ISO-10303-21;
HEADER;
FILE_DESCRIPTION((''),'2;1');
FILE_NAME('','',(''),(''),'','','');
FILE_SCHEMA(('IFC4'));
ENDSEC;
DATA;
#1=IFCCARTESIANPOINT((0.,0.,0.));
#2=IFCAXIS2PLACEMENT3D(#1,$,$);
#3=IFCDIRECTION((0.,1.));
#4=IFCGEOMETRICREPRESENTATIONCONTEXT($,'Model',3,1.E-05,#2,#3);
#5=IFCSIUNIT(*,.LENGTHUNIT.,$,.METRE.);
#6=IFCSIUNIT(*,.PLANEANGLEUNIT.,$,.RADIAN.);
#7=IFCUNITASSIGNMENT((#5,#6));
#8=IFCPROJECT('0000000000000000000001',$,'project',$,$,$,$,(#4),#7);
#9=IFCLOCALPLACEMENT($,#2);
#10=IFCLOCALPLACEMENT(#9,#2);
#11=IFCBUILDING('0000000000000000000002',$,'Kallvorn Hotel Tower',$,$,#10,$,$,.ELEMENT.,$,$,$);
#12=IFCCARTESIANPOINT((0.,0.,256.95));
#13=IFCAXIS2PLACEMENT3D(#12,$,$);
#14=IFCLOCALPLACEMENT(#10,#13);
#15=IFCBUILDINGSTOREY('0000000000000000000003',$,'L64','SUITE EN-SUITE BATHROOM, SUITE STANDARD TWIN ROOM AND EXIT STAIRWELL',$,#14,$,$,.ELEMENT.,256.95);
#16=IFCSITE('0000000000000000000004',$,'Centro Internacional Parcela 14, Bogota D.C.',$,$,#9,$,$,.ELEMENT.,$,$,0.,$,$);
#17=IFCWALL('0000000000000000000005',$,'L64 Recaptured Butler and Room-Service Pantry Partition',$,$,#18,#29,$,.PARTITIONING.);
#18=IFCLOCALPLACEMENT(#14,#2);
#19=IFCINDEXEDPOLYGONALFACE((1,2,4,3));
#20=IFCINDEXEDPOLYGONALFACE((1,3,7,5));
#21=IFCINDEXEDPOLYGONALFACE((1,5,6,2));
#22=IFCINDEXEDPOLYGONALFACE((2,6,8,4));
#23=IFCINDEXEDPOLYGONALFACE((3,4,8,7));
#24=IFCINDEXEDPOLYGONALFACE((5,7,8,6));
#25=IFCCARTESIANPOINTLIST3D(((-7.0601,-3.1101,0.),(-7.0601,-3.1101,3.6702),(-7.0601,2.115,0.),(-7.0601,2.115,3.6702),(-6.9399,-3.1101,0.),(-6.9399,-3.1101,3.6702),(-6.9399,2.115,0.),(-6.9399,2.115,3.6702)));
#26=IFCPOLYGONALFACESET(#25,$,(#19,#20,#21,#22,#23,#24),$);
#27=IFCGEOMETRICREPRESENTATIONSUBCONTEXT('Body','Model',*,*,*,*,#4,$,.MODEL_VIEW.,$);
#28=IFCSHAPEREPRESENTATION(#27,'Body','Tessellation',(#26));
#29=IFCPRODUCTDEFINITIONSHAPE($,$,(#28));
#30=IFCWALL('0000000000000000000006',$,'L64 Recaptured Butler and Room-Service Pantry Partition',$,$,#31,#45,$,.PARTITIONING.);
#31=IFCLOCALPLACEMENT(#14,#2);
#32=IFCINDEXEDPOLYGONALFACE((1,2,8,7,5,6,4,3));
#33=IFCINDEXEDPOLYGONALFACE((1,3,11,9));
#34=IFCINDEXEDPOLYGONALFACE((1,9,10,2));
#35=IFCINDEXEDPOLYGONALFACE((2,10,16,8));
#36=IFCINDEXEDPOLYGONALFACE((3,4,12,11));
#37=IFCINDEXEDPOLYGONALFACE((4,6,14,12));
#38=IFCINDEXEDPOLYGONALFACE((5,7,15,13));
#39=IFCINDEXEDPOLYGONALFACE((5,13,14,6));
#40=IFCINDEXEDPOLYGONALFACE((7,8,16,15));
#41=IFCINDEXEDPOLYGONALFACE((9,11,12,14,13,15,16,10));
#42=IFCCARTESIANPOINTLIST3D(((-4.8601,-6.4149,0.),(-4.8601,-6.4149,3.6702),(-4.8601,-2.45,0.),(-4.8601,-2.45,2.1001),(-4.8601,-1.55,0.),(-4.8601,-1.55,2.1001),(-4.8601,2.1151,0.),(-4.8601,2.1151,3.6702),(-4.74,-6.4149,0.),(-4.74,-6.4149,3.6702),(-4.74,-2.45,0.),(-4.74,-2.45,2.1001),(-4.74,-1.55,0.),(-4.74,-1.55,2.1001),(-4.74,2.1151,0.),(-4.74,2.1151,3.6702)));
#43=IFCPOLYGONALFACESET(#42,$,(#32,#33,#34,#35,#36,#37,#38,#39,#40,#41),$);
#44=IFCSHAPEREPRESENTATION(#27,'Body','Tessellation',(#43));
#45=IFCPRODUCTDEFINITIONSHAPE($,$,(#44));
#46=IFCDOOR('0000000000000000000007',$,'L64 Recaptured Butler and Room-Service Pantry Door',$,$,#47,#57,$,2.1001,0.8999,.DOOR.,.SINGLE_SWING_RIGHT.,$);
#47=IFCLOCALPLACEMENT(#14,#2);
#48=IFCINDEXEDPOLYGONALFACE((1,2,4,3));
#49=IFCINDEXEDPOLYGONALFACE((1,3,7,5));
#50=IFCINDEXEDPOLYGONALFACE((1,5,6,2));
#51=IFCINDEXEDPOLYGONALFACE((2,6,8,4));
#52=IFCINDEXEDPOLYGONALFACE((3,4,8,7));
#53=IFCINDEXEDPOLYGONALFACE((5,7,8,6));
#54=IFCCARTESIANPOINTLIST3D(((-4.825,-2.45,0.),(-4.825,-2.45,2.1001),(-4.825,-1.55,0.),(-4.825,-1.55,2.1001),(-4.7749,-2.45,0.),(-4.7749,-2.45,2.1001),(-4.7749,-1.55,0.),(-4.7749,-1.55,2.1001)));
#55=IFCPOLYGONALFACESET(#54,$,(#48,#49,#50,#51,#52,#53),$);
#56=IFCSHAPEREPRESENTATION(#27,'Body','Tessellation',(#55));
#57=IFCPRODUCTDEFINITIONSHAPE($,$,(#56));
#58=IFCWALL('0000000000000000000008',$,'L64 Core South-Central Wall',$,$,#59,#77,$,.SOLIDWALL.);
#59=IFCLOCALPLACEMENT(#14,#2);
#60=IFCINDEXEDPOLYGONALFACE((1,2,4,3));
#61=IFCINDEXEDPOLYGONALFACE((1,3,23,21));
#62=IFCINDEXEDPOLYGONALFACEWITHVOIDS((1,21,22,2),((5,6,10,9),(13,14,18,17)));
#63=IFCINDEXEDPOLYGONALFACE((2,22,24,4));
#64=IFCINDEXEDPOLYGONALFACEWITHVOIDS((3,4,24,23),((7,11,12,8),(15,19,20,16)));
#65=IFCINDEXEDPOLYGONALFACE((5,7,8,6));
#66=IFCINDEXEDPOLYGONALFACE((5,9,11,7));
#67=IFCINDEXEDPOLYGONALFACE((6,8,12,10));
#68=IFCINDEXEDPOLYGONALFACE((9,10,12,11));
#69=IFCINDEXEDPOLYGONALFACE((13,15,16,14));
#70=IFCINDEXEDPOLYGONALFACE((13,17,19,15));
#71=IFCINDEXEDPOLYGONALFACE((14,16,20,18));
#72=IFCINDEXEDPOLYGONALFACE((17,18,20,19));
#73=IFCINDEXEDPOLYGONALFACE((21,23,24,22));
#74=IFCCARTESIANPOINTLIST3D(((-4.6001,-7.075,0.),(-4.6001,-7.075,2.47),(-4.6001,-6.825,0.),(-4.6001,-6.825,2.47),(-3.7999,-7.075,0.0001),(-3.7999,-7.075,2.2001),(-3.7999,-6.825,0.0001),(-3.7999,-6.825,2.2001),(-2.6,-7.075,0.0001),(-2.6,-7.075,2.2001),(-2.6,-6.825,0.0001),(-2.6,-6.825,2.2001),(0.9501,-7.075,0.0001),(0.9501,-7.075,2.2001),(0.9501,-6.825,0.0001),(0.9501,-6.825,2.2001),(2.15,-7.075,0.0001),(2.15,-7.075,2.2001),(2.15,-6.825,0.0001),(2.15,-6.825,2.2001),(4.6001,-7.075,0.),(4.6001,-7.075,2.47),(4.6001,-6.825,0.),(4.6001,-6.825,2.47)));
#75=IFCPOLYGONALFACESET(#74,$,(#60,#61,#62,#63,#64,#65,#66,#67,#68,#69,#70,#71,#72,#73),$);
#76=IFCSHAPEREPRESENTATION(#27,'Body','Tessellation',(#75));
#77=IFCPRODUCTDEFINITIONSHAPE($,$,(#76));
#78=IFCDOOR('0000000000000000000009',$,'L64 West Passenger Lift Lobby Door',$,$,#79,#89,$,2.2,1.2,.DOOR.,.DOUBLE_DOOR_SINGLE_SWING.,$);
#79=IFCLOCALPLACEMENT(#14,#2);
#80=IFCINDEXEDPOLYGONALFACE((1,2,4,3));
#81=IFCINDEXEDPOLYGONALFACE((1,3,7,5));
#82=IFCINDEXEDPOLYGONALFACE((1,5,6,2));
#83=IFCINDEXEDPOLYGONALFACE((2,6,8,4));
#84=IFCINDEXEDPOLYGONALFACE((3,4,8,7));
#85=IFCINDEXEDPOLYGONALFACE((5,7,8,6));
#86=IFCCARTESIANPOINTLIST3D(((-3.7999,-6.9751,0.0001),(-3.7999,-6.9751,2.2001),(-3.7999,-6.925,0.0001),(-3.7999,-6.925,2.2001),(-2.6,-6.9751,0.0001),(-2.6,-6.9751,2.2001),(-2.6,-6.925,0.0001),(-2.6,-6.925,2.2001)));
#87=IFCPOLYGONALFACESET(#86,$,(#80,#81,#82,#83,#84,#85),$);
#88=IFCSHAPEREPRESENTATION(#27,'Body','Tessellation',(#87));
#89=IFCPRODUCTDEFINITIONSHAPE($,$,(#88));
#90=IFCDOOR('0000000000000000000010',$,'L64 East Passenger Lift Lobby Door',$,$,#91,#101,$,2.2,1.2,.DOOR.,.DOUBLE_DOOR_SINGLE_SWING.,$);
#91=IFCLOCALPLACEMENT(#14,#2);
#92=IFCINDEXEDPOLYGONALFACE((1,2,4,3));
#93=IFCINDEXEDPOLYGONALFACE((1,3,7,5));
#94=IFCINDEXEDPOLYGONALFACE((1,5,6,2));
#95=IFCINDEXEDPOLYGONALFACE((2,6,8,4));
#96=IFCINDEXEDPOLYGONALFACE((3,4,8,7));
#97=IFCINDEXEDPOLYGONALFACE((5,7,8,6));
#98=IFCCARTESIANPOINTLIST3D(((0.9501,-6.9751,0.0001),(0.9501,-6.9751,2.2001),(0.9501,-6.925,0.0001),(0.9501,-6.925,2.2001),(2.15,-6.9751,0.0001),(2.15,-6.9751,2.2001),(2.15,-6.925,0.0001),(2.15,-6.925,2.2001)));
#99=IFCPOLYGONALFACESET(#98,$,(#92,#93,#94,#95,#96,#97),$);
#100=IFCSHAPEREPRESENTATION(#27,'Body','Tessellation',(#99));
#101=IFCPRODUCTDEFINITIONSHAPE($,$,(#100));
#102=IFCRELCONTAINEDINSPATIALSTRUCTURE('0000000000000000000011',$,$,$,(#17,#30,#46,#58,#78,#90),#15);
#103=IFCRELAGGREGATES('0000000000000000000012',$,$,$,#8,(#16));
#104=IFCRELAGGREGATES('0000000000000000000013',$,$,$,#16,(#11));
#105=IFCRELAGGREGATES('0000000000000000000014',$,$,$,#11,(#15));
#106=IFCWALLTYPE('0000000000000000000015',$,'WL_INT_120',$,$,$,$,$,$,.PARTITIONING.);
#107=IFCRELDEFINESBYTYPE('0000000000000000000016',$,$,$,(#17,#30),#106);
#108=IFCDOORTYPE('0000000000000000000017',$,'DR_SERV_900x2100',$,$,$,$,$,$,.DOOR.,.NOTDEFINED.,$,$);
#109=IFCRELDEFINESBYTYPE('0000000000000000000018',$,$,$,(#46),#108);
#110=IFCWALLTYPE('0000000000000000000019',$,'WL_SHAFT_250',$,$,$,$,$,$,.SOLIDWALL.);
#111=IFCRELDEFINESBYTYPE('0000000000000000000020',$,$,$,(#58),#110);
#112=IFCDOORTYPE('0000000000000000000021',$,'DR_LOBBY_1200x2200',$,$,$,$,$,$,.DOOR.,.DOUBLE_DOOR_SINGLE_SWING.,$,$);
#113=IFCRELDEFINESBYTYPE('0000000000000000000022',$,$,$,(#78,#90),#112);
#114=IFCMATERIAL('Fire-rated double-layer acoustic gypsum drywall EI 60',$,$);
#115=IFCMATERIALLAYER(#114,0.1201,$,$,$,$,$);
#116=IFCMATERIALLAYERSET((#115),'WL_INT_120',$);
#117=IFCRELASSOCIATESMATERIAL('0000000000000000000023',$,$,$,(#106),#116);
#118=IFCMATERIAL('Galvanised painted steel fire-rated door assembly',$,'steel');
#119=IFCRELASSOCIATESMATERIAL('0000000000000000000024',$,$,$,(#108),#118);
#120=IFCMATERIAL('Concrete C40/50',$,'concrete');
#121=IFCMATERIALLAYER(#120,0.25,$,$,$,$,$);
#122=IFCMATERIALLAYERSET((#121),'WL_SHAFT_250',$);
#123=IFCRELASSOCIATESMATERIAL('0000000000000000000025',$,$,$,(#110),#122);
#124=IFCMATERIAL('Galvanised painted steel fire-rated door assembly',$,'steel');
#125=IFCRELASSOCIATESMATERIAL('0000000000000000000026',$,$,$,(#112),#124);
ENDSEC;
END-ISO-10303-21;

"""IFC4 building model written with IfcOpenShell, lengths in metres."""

from ifc_helpers import new_model, si_unit, direction, frame, frame_2d, origin, place, context, subcontext, project, spatial, rectangle, extrude, material, layer, layer_set, type_object, element, fill, save


model = new_model("IFC4")

# Units and contexts
model_context = context("Model", 3, precision=1e-05, world=origin(), true_north=direction((0.0, 1.0)))
body_context = subcontext(model_context, "Body", "Model", "MODEL_VIEW")
ifc_project = project(units=[si_unit("LENGTHUNIT", "METRE"), si_unit("PLANEANGLEUNIT", "RADIAN")], contexts=[model_context])

# Site, building, storey
site_placement = place(None, origin())
site = spatial("IfcSite", under=ifc_project, at=site_placement, Name="Centro Internacional Parcela 14, Bogota D.C.", CompositionType="ELEMENT", RefElevation=0.0)
building_placement = place(site_placement, origin())
building = spatial("IfcBuilding", under=site, at=building_placement, Name="Kallvorn Hotel Tower", CompositionType="ELEMENT")
storey_placement = place(building_placement, frame((0.0, 0.0, 256.95)))
storey = spatial("IfcBuildingStorey", under=building, at=storey_placement, Name="L64", Description="SUITE EN-SUITE BATHROOM, SUITE STANDARD TWIN ROOM AND EXIT STAIRWELL", CompositionType="ELEMENT", Elevation=256.95)

# Wall
ifc_material_1 = material(Name="Fire-rated double-layer acoustic gypsum drywall EI 60")
ifc_layer_1 = layer(ifc_material_1, 0.1201)
ifc_layer_set_1 = layer_set([ifc_layer_1], Name="WL_INT_120")
wall_type_1 = type_object("IfcWallType", Name="WL_INT_120", PredefinedType="PARTITIONING", material=ifc_layer_set_1)
wall_1_placement = place(storey_placement, frame((-7.0, -3.1101, 0.0), z_axis=(0.0, 0.0, 1.0), x_axis=(0.0, 1.0, 0.0)))
element("IfcWall", 1, at=wall_1_placement, inside=storey, type_object=wall_type_1, Name="L64 Recaptured Butler and Room-Service Pantry Partition", PredefinedType="PARTITIONING", context=body_context, shape_type="SweptSolid", body=[
    extrude(rectangle(XDim=5.2251, YDim=0.1201, at=frame_2d((2.6125, 0.0))), origin(), (0.0, 0.0, 1.0), 3.6702),
])

# Wall, opening, door
wall_2_placement = place(storey_placement, frame((-4.8, -6.415, 0.0), z_axis=(0.0, 0.0, 1.0), x_axis=(0.0, 1.0, 0.0)))
wall_2 = element("IfcWall", 2, at=wall_2_placement, inside=storey, type_object=wall_type_1, Name="L64 Recaptured Butler and Room-Service Pantry Partition", PredefinedType="PARTITIONING", context=body_context, shape_type="SweptSolid", body=[
    extrude(rectangle(XDim=8.53, YDim=0.1201, at=frame_2d((4.2651, 0.0))), origin(), (0.0, 0.0, 1.0), 3.6702),
])
opening_1_placement = place(wall_2_placement, frame((3.9651, 0.0, 0.0)))
opening_1 = element("IfcOpeningElement", 3, at=opening_1_placement, cuts=wall_2, PredefinedType="OPENING", context=body_context, shape_type="SweptSolid", body=[
    extrude(rectangle(XDim=0.8999, YDim=2.1001, at=frame_2d((0.45, 1.05))), frame((0.0, 0.075, 0.0), z_axis=(0.0, -1.0, 0.0), x_axis=(1.0, 0.0, 0.0)), (0.0, 0.0, 1.0), 0.1501),
])
ifc_material_2 = material(Name="Galvanised painted steel fire-rated door assembly", Category="steel")
door_type_1 = type_object("IfcDoorType", Name="DR_SERV_900x2100", OperationType="NOTDEFINED", PredefinedType="DOOR", material=ifc_material_2)
door_1_placement = place(opening_1_placement, origin())
door_1 = element("IfcDoor", 4, at=door_1_placement, inside=storey, type_object=door_type_1, Name="L64 Recaptured Butler and Room-Service Pantry Door", OperationType="SINGLE_SWING_RIGHT", OverallHeight=2.1001, OverallWidth=0.8999, PredefinedType="DOOR", context=body_context, shape_type="SweptSolid", body=[
    extrude(rectangle(XDim=0.8999, YDim=2.1001, at=frame_2d((0.45, 1.05))), frame((0.0, 0.0249, 0.0), z_axis=(0.0, -1.0, 0.0), x_axis=(1.0, 0.0, 0.0)), (0.0, 0.0, 1.0), 0.05),
])
fill(opening_1, door_1)

# Wall, openings, doors
ifc_material_3 = material(Name="Concrete C40/50", Category="concrete")
ifc_layer_2 = layer(ifc_material_3, 0.25)
ifc_layer_set_2 = layer_set([ifc_layer_2], Name="WL_SHAFT_250")
wall_type_2 = type_object("IfcWallType", Name="WL_SHAFT_250", PredefinedType="SOLIDWALL", material=ifc_layer_set_2)
wall_3_placement = place(storey_placement, frame((-4.6001, -6.95, 0.0), z_axis=(0.0, 0.0, 1.0), x_axis=(1.0, 0.0, 0.0)))
wall_3 = element("IfcWall", 5, at=wall_3_placement, inside=storey, type_object=wall_type_2, Name="L64 Core South-Central Wall", PredefinedType="SOLIDWALL", context=body_context, shape_type="SweptSolid", body=[
    extrude(rectangle(XDim=9.2002, YDim=0.25, at=frame_2d((4.6001, 0.0))), origin(), (0.0, 0.0, 1.0), 2.47),
])
opening_2_placement = place(wall_3_placement, frame((0.8, 0.0, 0.0)))
opening_2 = element("IfcOpeningElement", 6, at=opening_2_placement, cuts=wall_3, PredefinedType="OPENING", context=body_context, shape_type="SweptSolid", body=[
    extrude(rectangle(XDim=1.2, YDim=2.2, at=frame_2d((0.6001, 1.1001))), frame((0.0, 0.1399, 0.0), z_axis=(0.0, -1.0, 0.0), x_axis=(1.0, 0.0, 0.0)), (0.0, 0.0, 1.0), 0.28),
])
opening_3_placement = place(wall_3_placement, frame((5.55, 0.0, 0.0)))
opening_3 = element("IfcOpeningElement", 7, at=opening_3_placement, cuts=wall_3, PredefinedType="OPENING", context=body_context, shape_type="SweptSolid", body=[
    extrude(rectangle(XDim=1.2, YDim=2.2, at=frame_2d((0.6001, 1.1001))), frame((0.0, 0.1399, 0.0), z_axis=(0.0, -1.0, 0.0), x_axis=(1.0, 0.0, 0.0)), (0.0, 0.0, 1.0), 0.28),
])
ifc_material_4 = material(Name="Galvanised painted steel fire-rated door assembly", Category="steel")
door_type_2 = type_object("IfcDoorType", Name="DR_LOBBY_1200x2200", OperationType="DOUBLE_DOOR_SINGLE_SWING", PredefinedType="DOOR", material=ifc_material_4)
door_2_placement = place(opening_2_placement, origin())
door_2 = element("IfcDoor", 8, at=door_2_placement, inside=storey, type_object=door_type_2, Name="L64 West Passenger Lift Lobby Door", OperationType="DOUBLE_DOOR_SINGLE_SWING", OverallHeight=2.2, OverallWidth=1.2, PredefinedType="DOOR", context=body_context, shape_type="SweptSolid", body=[
    extrude(rectangle(XDim=1.2, YDim=2.2, at=frame_2d((0.6001, 1.1001))), frame((0.0, 0.0249, 0.0), z_axis=(0.0, -1.0, 0.0), x_axis=(1.0, 0.0, 0.0)), (0.0, 0.0, 1.0), 0.05),
])
fill(opening_2, door_2)
door_3_placement = place(opening_3_placement, origin())
door_3 = element("IfcDoor", 9, at=door_3_placement, inside=storey, type_object=door_type_2, Name="L64 East Passenger Lift Lobby Door", OperationType="DOUBLE_DOOR_SINGLE_SWING", OverallHeight=2.2, OverallWidth=1.2, PredefinedType="DOOR", context=body_context, shape_type="SweptSolid", body=[
    extrude(rectangle(XDim=1.2, YDim=2.2, at=frame_2d((0.6001, 1.1001))), frame((0.0, 0.0249, 0.0), z_axis=(0.0, -1.0, 0.0), x_axis=(1.0, 0.0, 0.0)), (0.0, 0.0, 1.0), 0.05),
])
fill(opening_3, door_3)

save(model, "model.ifc")
